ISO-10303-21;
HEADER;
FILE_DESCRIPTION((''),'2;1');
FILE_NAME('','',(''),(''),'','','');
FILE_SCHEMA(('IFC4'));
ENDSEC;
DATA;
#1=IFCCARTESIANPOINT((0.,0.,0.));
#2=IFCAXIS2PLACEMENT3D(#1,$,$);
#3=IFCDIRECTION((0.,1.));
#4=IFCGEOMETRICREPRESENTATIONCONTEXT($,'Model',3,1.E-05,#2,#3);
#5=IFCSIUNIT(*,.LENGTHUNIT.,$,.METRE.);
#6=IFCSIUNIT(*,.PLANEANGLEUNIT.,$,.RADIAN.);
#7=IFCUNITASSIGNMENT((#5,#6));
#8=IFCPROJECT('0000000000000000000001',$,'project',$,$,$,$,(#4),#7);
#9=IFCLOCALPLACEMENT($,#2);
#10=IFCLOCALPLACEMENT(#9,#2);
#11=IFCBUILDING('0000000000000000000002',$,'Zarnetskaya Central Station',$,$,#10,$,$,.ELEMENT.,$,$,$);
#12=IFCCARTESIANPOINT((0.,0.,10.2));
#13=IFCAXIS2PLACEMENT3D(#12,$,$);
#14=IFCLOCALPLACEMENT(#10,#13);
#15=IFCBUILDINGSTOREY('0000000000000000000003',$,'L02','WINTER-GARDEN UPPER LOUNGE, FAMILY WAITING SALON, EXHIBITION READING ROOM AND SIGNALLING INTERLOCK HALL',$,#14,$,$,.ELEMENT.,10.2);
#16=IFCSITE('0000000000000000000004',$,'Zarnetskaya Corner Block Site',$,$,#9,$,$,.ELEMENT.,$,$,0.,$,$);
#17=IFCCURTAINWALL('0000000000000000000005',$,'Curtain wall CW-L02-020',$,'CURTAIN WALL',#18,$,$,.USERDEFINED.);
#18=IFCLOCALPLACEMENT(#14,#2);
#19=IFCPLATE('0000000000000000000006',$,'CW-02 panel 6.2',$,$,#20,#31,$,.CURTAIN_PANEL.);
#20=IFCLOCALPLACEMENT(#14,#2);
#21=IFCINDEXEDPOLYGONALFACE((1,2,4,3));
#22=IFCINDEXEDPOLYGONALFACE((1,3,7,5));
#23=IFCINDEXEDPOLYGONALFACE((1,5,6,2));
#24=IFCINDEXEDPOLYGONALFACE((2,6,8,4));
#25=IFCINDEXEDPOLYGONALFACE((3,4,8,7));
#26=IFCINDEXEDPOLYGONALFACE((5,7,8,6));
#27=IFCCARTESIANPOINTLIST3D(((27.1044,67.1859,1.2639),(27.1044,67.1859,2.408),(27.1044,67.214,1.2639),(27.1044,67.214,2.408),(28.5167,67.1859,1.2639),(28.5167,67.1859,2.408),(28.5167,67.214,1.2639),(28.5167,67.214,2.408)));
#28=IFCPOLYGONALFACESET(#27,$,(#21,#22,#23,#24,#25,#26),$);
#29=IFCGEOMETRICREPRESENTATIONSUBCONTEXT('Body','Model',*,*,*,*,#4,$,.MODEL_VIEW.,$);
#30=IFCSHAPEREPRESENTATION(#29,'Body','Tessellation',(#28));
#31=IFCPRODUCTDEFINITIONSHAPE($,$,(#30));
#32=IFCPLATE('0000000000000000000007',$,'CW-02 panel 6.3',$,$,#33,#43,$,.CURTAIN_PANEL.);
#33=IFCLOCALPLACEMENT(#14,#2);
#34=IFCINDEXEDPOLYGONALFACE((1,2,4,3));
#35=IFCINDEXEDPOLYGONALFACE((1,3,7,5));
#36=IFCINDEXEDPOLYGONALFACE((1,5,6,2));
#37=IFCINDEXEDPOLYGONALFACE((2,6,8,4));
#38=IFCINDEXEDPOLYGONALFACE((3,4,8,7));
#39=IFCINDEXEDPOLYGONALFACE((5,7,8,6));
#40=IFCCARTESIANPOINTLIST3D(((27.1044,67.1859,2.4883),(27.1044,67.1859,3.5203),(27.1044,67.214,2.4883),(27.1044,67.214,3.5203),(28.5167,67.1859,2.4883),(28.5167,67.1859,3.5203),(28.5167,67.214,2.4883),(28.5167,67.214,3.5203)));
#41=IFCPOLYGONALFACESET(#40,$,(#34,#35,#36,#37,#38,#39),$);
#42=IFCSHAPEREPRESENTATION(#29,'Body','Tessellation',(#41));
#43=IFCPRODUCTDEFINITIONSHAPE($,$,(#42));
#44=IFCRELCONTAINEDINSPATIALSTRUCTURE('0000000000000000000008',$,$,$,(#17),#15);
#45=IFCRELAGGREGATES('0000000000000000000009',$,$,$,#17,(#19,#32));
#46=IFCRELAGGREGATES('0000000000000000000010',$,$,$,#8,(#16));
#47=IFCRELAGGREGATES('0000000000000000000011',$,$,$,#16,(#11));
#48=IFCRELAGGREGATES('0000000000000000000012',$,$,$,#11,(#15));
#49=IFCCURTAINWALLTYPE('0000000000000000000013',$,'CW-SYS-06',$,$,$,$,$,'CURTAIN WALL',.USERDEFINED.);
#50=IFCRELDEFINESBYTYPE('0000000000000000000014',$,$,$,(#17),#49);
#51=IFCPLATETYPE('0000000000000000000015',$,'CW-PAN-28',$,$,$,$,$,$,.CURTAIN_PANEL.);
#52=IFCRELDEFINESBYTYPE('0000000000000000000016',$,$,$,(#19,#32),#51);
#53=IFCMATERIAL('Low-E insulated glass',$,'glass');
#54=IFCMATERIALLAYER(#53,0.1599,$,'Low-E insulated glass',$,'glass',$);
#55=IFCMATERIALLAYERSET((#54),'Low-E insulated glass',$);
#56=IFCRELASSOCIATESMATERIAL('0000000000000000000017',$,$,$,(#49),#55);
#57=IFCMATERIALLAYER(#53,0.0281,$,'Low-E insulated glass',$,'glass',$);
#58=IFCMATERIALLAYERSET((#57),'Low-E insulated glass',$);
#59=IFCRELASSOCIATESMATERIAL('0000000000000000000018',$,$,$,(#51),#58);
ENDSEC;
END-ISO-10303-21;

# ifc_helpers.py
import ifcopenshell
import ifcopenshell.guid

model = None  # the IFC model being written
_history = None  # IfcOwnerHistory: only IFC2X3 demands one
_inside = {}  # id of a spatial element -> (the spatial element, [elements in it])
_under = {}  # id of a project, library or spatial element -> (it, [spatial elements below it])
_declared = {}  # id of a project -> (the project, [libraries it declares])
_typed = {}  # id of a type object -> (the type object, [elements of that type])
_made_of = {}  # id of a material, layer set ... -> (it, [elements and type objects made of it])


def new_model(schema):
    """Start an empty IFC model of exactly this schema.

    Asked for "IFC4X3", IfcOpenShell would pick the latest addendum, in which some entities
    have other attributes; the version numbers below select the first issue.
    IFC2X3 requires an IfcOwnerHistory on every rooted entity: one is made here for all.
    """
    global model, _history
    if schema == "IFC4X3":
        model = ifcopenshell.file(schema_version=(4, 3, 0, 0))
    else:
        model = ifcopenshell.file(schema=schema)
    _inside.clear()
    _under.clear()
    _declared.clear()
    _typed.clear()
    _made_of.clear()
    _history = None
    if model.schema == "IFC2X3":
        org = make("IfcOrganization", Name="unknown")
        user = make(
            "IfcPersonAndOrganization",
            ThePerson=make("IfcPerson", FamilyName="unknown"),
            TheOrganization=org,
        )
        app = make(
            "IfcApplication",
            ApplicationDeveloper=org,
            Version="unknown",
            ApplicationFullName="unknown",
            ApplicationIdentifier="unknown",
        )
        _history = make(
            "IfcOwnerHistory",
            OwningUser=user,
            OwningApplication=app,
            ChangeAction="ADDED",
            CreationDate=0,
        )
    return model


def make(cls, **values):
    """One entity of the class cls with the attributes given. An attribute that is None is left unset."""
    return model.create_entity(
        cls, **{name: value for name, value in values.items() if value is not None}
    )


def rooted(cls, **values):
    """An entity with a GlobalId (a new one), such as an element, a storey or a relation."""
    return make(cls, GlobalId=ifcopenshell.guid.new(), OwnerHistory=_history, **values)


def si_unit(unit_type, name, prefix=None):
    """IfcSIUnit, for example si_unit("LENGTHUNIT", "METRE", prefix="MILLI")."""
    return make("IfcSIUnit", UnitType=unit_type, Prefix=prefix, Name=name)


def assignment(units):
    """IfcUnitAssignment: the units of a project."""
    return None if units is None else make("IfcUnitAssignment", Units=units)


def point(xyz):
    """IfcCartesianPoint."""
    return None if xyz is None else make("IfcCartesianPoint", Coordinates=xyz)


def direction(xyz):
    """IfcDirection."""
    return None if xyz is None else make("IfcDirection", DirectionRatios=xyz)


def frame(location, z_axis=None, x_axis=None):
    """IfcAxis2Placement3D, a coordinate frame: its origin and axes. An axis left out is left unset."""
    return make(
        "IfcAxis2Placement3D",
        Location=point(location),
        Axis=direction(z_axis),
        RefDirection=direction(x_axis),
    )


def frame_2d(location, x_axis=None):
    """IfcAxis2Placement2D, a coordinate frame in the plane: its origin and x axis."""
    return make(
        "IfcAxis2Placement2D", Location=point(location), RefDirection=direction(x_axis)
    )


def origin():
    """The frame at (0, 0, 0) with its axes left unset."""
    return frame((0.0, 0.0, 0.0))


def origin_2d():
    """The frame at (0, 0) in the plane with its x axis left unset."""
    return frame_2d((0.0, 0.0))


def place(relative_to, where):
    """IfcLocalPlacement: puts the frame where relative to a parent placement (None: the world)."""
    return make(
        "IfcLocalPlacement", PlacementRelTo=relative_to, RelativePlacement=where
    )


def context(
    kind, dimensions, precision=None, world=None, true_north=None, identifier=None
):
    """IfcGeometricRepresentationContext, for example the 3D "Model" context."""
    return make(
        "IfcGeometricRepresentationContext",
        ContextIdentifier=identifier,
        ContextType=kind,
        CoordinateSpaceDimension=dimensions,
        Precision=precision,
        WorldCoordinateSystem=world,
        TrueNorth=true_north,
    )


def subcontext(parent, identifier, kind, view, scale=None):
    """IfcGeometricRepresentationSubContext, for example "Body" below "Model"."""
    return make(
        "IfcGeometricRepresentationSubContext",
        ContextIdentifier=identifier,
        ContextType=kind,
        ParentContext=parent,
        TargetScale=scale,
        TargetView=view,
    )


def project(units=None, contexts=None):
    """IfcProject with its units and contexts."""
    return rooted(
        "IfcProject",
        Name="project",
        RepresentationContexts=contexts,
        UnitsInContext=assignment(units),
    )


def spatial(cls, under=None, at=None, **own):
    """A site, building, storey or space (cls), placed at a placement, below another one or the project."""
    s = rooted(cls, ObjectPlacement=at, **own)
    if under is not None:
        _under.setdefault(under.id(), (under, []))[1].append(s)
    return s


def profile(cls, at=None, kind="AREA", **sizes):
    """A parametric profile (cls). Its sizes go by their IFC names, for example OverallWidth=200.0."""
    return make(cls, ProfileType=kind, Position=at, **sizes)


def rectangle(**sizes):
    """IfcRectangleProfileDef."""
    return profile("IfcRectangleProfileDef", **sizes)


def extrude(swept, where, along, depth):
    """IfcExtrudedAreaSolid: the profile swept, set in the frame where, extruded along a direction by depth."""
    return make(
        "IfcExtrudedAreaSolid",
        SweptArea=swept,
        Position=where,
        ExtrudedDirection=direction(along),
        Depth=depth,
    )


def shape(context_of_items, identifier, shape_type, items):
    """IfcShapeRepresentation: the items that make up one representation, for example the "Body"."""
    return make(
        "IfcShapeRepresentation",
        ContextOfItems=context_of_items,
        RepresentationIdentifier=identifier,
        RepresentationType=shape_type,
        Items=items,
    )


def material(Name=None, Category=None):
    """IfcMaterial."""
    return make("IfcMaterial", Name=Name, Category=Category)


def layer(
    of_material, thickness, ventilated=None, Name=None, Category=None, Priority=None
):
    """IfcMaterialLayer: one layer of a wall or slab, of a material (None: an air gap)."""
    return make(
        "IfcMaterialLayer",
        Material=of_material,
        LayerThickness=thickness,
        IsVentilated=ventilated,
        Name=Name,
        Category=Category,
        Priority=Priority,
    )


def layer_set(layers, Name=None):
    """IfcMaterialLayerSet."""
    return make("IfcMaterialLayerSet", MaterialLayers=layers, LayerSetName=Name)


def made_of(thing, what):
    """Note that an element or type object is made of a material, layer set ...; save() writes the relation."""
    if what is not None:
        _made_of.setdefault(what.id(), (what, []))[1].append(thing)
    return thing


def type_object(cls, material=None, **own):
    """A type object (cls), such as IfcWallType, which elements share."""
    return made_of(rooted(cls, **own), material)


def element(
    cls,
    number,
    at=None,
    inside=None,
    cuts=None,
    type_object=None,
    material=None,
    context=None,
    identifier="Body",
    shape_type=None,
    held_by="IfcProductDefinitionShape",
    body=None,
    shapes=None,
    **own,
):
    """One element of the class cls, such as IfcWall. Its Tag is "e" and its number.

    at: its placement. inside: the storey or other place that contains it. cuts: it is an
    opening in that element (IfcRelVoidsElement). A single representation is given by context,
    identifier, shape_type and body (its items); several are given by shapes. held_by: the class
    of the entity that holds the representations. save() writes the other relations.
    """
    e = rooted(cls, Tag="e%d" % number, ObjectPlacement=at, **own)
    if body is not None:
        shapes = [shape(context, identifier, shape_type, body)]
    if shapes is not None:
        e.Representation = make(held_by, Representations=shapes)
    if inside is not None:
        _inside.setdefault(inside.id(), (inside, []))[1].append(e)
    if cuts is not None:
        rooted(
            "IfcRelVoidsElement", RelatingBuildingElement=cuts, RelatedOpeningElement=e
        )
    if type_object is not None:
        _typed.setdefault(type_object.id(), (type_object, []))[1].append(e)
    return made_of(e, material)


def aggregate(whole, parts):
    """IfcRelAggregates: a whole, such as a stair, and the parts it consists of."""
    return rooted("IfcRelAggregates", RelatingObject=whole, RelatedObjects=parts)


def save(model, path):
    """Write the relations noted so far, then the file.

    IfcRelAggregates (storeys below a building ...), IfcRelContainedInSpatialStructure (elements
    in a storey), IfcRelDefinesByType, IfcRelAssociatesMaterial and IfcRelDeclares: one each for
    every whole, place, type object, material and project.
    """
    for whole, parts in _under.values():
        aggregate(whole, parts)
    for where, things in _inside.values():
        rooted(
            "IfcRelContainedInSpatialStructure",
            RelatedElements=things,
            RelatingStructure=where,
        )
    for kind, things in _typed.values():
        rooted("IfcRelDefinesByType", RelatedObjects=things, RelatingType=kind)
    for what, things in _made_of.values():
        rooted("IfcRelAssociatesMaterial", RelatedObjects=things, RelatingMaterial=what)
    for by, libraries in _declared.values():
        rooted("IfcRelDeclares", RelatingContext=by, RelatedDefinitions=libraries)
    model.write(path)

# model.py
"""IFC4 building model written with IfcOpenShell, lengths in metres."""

from ifc_helpers import new_model, si_unit, direction, frame, origin, origin_2d, place, context, subcontext, project, spatial, rectangle, extrude, material, layer, layer_set, type_object, element, aggregate, save


model = new_model("IFC4")

# Units and contexts
model_context = context("Model", 3, precision=1e-05, world=origin(), true_north=direction((0.0, 1.0)))
body_context = subcontext(model_context, "Body", "Model", "MODEL_VIEW")
ifc_project = project(units=[si_unit("LENGTHUNIT", "METRE"), si_unit("PLANEANGLEUNIT", "RADIAN")], contexts=[model_context])

# Site, building, storey
site_placement = place(None, origin())
site = spatial("IfcSite", under=ifc_project, at=site_placement, Name="Zarnetskaya Corner Block Site", CompositionType="ELEMENT", RefElevation=0.0)
building_placement = place(site_placement, origin())
building = spatial("IfcBuilding", under=site, at=building_placement, Name="Zarnetskaya Central Station", CompositionType="ELEMENT")
storey_placement = place(building_placement, frame((0.0, 0.0, 10.2)))
storey = spatial("IfcBuildingStorey", under=building, at=storey_placement, Name="L02", Description="WINTER-GARDEN UPPER LOUNGE, FAMILY WAITING SALON, EXHIBITION READING ROOM AND SIGNALLING INTERLOCK HALL", CompositionType="ELEMENT", Elevation=10.2)

# Curtain wall
ifc_material_1 = material(Name="Low-E insulated glass", Category="glass")
ifc_layer_1 = layer(ifc_material_1, 0.1599, Name="Low-E insulated glass", Category="glass")
ifc_layer_set_1 = layer_set([ifc_layer_1], Name="Low-E insulated glass")
curtain_wall_type = type_object("IfcCurtainWallType", Name="CW-SYS-06", ElementType="CURTAIN WALL", PredefinedType="USERDEFINED", material=ifc_layer_set_1)
curtain_wall_placement = place(storey_placement, origin())
curtain_wall = element("IfcCurtainWall", 1, at=curtain_wall_placement, inside=storey, type_object=curtain_wall_type, Name="Curtain wall CW-L02-020", ObjectType="CURTAIN WALL", PredefinedType="USERDEFINED")

# Plates
ifc_layer_2 = layer(ifc_material_1, 0.0281, Name="Low-E insulated glass", Category="glass")
ifc_layer_set_2 = layer_set([ifc_layer_2], Name="Low-E insulated glass")
plate_type = type_object("IfcPlateType", Name="CW-PAN-28", PredefinedType="CURTAIN_PANEL", material=ifc_layer_set_2)
plate_1_placement = place(storey_placement, frame((27.8105, 67.2, 1.2639), z_axis=(0.0, 0.0, 1.0), x_axis=(1.0, 0.0, 0.0)))
plate_1 = element("IfcPlate", 2, at=plate_1_placement, type_object=plate_type, Name="CW-02 panel 6.2", PredefinedType="CURTAIN_PANEL", context=body_context, shape_type="SweptSolid", body=[
    extrude(rectangle(XDim=1.4124, YDim=0.0281, at=origin_2d()), origin(), (0.0, 0.0, 1.0), 1.144),
])
plate_2_placement = place(storey_placement, frame((27.8105, 67.2, 2.4883), z_axis=(0.0, 0.0, 1.0), x_axis=(1.0, 0.0, 0.0)))
plate_2 = element("IfcPlate", 3, at=plate_2_placement, type_object=plate_type, Name="CW-02 panel 6.3", PredefinedType="CURTAIN_PANEL", context=body_context, shape_type="SweptSolid", body=[
    extrude(rectangle(XDim=1.4124, YDim=0.0281, at=origin_2d()), origin(), (0.0, 0.0, 1.0), 1.032),
])
aggregate(curtain_wall, [plate_1, plate_2])

save(model, "model.ifc")
